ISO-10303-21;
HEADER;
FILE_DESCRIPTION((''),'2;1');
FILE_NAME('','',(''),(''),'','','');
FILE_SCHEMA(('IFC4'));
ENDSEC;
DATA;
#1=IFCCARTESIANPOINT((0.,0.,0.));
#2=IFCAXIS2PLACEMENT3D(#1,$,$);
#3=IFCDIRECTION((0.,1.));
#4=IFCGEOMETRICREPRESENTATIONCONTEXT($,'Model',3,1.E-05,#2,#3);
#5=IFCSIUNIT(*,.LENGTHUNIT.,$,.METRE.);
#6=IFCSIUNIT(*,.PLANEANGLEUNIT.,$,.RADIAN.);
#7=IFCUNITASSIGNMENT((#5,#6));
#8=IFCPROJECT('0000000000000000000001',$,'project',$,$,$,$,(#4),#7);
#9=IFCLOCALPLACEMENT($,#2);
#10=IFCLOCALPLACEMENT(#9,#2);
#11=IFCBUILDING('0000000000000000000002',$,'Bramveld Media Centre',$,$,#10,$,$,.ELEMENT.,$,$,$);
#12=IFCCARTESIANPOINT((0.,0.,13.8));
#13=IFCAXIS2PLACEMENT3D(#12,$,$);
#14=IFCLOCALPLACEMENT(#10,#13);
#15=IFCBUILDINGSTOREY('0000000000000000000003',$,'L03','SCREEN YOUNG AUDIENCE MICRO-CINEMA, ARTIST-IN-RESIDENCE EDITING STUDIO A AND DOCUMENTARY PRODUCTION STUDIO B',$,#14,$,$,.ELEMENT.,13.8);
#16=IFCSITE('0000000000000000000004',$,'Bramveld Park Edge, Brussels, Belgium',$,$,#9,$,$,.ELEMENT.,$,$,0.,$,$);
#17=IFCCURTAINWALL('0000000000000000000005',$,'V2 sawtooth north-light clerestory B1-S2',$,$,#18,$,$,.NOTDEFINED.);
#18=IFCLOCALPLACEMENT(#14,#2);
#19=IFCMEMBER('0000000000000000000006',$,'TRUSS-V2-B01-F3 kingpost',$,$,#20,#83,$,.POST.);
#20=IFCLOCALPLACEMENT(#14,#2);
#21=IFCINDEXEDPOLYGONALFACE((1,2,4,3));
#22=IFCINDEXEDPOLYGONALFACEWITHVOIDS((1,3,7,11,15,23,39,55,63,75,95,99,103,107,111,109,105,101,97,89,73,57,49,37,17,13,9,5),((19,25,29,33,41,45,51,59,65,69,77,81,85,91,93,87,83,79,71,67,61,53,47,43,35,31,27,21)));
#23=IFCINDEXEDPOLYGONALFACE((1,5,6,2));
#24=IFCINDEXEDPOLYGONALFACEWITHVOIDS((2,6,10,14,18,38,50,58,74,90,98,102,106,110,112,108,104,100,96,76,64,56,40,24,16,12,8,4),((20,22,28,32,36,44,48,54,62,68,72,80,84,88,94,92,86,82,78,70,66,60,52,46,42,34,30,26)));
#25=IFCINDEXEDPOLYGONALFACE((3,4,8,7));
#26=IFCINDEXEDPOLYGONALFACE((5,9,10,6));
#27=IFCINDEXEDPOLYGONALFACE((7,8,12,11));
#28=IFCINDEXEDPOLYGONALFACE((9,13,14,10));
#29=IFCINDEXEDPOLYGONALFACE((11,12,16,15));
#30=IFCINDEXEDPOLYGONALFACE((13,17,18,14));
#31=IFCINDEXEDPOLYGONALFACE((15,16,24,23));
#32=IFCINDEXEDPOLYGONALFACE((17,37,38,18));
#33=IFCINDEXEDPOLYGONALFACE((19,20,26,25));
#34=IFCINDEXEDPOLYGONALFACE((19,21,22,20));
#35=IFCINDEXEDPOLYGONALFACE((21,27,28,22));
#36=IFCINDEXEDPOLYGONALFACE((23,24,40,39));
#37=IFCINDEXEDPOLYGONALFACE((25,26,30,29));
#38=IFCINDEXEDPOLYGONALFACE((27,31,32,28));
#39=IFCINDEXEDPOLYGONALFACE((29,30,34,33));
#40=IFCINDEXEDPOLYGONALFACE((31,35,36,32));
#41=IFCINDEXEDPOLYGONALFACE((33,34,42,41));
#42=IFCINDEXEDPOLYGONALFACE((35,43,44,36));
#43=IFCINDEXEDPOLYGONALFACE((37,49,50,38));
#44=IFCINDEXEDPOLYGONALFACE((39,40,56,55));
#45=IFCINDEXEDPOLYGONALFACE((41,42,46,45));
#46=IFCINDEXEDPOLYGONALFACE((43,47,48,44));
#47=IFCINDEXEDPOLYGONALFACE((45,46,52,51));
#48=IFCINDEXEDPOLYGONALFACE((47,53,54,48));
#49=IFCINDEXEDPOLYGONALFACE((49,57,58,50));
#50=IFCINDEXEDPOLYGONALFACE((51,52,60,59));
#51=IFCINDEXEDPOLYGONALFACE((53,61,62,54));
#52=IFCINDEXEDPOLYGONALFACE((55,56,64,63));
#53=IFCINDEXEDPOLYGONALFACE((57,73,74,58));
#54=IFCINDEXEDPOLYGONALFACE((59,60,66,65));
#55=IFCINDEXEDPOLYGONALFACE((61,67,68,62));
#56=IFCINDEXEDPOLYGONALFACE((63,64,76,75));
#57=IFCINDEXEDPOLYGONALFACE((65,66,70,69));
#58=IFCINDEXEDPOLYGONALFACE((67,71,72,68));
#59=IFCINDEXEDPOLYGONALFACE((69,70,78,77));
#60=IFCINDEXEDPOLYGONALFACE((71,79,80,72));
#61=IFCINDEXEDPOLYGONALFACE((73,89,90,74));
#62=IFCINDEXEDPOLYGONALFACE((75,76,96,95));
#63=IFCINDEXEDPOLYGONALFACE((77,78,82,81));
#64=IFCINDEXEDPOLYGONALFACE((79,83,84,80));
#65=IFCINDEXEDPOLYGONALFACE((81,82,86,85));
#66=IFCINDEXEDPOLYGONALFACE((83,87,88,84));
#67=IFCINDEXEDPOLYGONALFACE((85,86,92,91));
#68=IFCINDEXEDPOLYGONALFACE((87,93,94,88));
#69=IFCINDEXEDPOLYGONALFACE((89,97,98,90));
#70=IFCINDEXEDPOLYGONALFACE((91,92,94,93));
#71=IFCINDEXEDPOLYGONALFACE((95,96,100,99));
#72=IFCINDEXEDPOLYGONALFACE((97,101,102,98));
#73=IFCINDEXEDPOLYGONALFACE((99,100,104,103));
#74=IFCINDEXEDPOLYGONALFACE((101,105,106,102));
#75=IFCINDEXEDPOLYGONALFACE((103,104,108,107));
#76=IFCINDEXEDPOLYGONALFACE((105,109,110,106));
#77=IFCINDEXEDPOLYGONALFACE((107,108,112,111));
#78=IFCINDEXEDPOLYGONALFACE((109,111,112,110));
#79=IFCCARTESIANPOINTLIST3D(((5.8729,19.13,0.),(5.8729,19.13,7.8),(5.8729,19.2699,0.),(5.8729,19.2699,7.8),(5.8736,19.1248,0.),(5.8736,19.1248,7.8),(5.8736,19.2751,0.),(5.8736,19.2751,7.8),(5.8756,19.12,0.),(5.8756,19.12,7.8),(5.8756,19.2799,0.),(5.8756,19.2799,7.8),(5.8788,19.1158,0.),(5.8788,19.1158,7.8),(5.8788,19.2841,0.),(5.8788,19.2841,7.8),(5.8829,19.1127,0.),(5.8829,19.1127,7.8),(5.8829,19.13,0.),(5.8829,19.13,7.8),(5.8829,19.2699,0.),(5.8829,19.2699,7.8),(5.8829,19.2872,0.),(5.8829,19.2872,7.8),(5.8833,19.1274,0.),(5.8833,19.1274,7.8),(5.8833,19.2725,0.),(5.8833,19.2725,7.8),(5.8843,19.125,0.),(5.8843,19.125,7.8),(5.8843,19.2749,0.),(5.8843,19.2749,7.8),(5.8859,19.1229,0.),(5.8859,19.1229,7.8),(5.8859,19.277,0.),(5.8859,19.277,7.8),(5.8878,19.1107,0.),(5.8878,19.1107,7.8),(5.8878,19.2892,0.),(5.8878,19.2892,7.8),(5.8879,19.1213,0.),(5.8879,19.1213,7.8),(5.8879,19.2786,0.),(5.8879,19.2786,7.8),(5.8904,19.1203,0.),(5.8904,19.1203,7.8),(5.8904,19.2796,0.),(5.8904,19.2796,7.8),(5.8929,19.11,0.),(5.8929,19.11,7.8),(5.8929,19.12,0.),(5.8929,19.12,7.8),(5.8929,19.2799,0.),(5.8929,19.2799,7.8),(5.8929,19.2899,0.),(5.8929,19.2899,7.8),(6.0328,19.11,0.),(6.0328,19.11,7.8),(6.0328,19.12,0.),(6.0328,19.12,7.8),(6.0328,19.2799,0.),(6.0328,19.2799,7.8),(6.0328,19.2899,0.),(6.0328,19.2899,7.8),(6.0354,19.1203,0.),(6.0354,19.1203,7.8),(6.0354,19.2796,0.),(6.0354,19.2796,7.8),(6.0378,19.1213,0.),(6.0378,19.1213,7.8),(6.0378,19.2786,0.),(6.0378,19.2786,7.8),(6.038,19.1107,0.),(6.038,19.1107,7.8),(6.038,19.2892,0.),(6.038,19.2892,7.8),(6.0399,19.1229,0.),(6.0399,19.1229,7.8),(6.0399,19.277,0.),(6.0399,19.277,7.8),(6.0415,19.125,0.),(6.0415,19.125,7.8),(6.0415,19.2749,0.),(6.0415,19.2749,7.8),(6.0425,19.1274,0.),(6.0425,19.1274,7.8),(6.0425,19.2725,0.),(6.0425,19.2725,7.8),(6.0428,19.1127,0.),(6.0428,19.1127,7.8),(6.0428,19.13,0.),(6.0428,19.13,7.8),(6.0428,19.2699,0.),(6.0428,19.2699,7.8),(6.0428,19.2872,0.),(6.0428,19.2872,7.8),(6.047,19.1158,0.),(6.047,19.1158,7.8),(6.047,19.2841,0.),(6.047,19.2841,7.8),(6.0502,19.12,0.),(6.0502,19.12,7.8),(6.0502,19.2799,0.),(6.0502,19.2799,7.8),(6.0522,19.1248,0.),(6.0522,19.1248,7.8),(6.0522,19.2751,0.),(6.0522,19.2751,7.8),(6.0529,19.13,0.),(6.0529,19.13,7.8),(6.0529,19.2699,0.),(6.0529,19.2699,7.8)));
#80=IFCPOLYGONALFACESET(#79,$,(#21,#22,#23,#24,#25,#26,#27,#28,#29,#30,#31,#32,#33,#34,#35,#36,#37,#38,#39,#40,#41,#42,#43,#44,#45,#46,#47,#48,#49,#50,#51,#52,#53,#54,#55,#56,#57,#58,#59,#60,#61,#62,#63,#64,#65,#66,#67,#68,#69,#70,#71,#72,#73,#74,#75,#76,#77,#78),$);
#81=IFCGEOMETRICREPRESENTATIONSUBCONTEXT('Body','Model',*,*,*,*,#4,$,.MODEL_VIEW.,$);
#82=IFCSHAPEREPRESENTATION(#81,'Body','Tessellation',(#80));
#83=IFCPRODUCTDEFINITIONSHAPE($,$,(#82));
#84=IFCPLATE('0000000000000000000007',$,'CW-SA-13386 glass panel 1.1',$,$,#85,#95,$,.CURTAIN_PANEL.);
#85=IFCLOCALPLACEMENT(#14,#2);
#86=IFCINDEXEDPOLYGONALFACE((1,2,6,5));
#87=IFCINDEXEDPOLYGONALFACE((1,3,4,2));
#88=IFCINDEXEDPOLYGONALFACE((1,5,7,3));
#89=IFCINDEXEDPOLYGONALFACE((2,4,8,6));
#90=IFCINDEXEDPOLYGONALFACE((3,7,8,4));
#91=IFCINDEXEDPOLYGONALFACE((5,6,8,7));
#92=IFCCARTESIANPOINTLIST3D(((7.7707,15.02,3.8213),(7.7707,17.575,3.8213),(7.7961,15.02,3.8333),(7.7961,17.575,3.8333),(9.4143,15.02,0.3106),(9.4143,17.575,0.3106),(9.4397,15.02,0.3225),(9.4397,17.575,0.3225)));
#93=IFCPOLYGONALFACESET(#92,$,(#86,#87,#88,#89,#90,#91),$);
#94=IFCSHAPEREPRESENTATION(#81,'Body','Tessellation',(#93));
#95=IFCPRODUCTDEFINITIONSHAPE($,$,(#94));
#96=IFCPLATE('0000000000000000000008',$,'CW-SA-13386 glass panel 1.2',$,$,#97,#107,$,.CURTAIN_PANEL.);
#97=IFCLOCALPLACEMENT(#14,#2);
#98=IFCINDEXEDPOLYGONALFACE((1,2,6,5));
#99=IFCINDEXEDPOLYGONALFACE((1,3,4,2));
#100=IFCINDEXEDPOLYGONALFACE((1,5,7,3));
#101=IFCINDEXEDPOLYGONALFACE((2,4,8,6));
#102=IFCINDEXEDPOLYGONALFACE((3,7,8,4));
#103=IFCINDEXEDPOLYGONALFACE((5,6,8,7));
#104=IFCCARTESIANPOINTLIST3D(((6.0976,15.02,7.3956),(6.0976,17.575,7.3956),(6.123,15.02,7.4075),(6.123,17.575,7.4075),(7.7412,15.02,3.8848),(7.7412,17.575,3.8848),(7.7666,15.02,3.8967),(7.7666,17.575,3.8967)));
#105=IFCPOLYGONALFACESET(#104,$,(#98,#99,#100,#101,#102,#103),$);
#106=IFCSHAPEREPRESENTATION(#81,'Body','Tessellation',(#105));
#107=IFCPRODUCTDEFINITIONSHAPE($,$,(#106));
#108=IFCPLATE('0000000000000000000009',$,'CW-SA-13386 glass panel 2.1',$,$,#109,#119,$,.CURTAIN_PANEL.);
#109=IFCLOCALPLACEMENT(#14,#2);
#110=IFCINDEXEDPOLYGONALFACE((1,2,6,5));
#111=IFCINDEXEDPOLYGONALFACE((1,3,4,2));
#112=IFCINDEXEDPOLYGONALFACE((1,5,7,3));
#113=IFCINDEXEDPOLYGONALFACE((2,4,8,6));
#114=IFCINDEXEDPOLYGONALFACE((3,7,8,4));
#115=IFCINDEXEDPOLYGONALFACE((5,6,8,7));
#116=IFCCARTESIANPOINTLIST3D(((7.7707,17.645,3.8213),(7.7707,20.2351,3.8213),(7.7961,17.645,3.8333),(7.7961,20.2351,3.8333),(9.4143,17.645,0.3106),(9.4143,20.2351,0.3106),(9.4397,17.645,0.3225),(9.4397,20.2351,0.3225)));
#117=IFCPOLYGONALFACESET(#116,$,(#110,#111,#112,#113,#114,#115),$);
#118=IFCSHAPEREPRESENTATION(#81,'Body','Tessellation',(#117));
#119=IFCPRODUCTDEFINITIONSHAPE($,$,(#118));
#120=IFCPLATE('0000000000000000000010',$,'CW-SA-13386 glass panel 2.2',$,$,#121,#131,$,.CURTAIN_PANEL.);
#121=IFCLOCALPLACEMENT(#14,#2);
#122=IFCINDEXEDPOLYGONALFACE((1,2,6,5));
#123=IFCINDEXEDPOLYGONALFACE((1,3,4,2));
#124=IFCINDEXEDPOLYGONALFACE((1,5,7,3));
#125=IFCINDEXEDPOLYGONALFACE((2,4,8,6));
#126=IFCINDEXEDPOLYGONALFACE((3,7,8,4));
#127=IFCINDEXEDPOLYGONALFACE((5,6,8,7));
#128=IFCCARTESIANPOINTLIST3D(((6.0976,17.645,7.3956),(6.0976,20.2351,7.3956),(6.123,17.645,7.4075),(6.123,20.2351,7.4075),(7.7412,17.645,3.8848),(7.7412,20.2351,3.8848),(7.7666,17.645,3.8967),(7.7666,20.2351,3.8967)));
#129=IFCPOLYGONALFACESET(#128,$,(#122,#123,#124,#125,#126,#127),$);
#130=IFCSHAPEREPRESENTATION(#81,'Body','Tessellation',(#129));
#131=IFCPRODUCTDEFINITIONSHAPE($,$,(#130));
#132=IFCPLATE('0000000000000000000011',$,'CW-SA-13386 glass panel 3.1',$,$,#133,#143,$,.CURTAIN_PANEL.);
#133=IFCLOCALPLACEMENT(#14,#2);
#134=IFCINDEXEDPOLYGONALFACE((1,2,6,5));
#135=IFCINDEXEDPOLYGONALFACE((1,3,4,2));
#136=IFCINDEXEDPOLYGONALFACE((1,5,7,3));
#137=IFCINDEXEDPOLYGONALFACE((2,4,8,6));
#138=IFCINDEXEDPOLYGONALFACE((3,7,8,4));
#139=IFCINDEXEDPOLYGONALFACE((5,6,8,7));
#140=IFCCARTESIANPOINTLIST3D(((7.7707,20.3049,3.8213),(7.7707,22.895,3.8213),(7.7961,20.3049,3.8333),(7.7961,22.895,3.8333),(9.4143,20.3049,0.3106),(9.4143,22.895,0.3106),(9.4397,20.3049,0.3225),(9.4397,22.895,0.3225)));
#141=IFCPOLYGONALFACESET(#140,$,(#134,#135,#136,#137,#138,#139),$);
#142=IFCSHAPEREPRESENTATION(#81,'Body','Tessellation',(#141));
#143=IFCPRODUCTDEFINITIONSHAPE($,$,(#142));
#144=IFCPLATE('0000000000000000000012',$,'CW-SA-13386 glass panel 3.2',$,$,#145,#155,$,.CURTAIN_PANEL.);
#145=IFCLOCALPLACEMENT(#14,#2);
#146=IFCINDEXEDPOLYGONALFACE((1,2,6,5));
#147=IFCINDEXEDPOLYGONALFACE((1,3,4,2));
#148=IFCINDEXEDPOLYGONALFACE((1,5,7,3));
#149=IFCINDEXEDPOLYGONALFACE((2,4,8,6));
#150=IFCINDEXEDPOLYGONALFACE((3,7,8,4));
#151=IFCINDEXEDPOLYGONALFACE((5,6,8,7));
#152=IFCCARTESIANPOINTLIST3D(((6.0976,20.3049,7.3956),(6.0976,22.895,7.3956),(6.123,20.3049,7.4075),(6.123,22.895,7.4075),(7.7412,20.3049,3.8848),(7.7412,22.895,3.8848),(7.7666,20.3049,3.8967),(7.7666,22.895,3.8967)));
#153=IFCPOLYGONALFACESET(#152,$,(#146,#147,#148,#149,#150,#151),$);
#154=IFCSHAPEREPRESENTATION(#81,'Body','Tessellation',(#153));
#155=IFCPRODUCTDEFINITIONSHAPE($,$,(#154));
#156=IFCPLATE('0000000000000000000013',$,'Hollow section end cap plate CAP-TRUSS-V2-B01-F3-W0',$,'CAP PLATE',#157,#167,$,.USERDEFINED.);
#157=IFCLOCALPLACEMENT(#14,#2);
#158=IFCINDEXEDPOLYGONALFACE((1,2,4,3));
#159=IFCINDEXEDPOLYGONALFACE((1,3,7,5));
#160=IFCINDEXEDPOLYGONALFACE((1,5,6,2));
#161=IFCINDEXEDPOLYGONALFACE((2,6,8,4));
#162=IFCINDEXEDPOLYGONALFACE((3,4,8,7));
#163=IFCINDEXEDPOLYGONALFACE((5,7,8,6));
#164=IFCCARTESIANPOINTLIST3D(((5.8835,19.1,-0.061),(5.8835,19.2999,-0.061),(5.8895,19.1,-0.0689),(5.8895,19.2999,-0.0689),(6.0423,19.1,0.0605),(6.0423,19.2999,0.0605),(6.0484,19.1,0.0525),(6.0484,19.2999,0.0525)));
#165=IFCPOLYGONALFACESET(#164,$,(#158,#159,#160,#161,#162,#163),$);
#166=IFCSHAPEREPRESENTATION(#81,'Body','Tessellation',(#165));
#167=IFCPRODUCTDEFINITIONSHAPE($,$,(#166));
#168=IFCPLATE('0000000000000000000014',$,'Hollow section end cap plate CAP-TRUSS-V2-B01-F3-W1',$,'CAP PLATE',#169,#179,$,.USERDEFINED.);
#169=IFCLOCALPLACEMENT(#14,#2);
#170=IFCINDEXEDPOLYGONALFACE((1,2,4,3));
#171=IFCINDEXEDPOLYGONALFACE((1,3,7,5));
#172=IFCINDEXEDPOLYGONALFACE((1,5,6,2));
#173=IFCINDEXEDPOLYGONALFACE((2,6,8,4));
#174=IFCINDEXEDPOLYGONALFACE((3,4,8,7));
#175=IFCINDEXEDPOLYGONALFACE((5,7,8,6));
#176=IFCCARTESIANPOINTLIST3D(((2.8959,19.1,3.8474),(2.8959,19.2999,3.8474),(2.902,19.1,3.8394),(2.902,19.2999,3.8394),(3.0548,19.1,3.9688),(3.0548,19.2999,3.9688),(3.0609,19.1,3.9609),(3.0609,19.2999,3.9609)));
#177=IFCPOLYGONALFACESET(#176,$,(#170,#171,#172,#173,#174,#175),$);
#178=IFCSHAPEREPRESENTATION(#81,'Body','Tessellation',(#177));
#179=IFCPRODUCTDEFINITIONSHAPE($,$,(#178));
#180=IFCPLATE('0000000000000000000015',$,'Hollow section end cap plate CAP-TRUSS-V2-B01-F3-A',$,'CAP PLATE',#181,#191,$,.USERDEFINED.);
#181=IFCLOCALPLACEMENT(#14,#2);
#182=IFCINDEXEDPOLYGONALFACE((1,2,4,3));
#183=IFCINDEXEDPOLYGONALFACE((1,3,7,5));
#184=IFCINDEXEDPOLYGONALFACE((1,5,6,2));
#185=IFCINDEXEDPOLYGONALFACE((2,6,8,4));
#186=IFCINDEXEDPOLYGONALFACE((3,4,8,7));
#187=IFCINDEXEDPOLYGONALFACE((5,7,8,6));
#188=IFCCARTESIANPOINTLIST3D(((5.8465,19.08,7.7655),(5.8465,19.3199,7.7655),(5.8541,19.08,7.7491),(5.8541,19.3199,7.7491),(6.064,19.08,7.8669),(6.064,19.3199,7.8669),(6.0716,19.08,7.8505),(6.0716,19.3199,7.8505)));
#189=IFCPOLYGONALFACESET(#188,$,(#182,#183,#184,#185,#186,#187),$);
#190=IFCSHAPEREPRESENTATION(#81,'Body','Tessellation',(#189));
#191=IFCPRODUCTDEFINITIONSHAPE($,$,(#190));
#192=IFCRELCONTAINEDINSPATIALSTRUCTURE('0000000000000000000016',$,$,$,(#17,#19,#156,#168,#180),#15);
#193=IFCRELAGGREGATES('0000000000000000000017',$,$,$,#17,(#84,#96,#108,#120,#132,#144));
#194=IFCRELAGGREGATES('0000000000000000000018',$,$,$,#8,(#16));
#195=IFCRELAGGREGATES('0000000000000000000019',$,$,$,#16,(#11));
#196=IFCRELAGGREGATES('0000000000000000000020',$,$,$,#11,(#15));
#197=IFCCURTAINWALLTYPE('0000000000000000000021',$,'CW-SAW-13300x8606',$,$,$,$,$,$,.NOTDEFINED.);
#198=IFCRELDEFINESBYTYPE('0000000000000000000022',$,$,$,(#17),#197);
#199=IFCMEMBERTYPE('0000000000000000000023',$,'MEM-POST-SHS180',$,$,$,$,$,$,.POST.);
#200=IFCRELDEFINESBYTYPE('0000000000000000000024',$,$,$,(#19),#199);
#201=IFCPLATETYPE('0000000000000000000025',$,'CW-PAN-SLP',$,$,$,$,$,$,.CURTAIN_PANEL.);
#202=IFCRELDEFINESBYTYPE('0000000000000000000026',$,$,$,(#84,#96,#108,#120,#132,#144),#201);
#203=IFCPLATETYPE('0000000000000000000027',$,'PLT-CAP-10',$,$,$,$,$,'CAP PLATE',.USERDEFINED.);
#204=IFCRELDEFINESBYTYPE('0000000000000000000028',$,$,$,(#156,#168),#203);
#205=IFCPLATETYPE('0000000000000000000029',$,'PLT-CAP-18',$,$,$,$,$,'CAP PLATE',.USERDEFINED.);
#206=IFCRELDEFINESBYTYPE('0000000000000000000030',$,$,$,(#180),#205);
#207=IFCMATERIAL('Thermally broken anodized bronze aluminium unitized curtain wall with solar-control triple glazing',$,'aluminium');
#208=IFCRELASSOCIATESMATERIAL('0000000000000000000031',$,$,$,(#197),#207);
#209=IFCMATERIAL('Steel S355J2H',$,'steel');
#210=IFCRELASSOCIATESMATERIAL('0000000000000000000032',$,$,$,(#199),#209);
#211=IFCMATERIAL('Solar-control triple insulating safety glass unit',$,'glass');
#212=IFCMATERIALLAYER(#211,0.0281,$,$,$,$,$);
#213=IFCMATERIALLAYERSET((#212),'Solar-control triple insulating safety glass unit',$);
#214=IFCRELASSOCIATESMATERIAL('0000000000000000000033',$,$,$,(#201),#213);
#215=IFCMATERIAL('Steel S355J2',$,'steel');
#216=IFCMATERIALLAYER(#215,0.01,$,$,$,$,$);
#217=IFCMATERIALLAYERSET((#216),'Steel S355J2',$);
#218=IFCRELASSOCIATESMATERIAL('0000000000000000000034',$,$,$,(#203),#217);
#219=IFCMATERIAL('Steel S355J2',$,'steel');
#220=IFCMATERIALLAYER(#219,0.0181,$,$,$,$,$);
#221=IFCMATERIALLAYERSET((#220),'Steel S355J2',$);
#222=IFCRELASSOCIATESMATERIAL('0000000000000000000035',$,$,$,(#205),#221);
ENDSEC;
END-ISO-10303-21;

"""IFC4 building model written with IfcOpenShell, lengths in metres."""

from ifc_helpers import new_model, si_unit, direction, frame, origin, origin_2d, place, context, subcontext, project, spatial, polyline, rectangle, hollow_rectangle, outline, extrude, material, layer, layer_set, material_profile, profile_set, type_object, element, aggregate, save


model = new_model("IFC4")

# Units and contexts
model_context = context("Model", 3, precision=1e-05, world=origin(), true_north=direction((0.0, 1.0)))
body_context = subcontext(model_context, "Body", "Model", "MODEL_VIEW")
ifc_project = project(units=[si_unit("LENGTHUNIT", "METRE"), si_unit("PLANEANGLEUNIT", "RADIAN")], contexts=[model_context])

# Site, building, storey
site_placement = place(None, origin())
site = spatial("IfcSite", under=ifc_project, at=site_placement, Name="Bramveld Park Edge, Brussels, Belgium", CompositionType="ELEMENT", RefElevation=0.0)
building_placement = place(site_placement, origin())
building = spatial("IfcBuilding", under=site, at=building_placement, Name="Bramveld Media Centre", CompositionType="ELEMENT")
storey_placement = place(building_placement, frame((0.0, 0.0, 13.8)))
storey = spatial("IfcBuildingStorey", under=building, at=storey_placement, Name="L03", Description="SCREEN YOUNG AUDIENCE MICRO-CINEMA, ARTIST-IN-RESIDENCE EDITING STUDIO A AND DOCUMENTARY PRODUCTION STUDIO B", CompositionType="ELEMENT", Elevation=13.8)

# Curtain wall
ifc_material_1 = material(Name="Thermally broken anodized bronze aluminium unitized curtain wall with solar-control triple glazing", Category="aluminium")
curtain_wall_type = type_object("IfcCurtainWallType", Name="CW-SAW-13300x8606", PredefinedType="NOTDEFINED", material=ifc_material_1)
curtain_wall_placement = place(storey_placement, origin())
curtain_wall = element("IfcCurtainWall", 1, at=curtain_wall_placement, inside=storey, type_object=curtain_wall_type, Name="V2 sawtooth north-light clerestory B1-S2", PredefinedType="NOTDEFINED")

# Member
ifc_material_2 = material(Name="Steel S355J2H", Category="steel")
ifc_material_profile_1 = material_profile(ifc_material_2, hollow_rectangle(XDim=0.1799, YDim=0.1799, WallThickness=0.01, InnerFilletRadius=0.01, OuterFilletRadius=0.02, at=origin_2d()), Name="SHS 180x180x10")
ifc_profile_set_1 = profile_set([ifc_material_profile_1], Name="Steel S355J2H")
member_type_1 = type_object("IfcMemberType", Name="MEM-POST-SHS180", PredefinedType="POST", material=ifc_profile_set_1)
member_1_placement = place(storey_placement, frame((5.9629, 19.2, 0.0), z_axis=(0.0, 0.0, 1.0), x_axis=(1.0, 0.0, 0.0)))
element("IfcMember", 2, at=member_1_placement, inside=storey, type_object=member_type_1, Name="TRUSS-V2-B01-F3 kingpost", PredefinedType="POST", context=body_context, shape_type="SweptSolid", body=[
    extrude(hollow_rectangle(XDim=0.1799, YDim=0.1799, WallThickness=0.01, InnerFilletRadius=0.01, OuterFilletRadius=0.02, at=origin_2d()), origin(), (0.0, 0.0, 1.0), 7.8),
])

# Plates
ifc_material_3 = material(Name="Solar-control triple insulating safety glass unit", Category="glass")
ifc_layer_1 = layer(ifc_material_3, 0.0281)
ifc_layer_set_1 = layer_set([ifc_layer_1], Name="Solar-control triple insulating safety glass unit")
plate_type_1 = type_object("IfcPlateType", Name="CW-PAN-SLP", PredefinedType="CURTAIN_PANEL", material=ifc_layer_set_1)
plate_1_placement = place(storey_placement, frame((9.4397, 15.02, 0.3225), z_axis=(0.905668, 0.0, 0.423988), x_axis=(0.0, 1.0, 0.0)))
plate_1 = element("IfcPlate", 3, at=plate_1_placement, type_object=plate_type_1, Name="CW-SA-13386 glass panel 1.1", PredefinedType="CURTAIN_PANEL", context=body_context, shape_type="SweptSolid", body=[
    extrude(outline(polyline([(0.0, 0.0), (2.5549, 0.0), (2.5549, 3.8764), (0.0, 3.8764), (0.0, 0.0)])), origin(), (0.0, 0.0, -1.0), 0.0281),
])
plate_2_placement = place(storey_placement, frame((7.7666, 15.02, 3.8967), z_axis=(0.905668, 0.0, 0.423988), x_axis=(0.0, 1.0, 0.0)))
plate_2 = element("IfcPlate", 4, at=plate_2_placement, type_object=plate_type_1, Name="CW-SA-13386 glass panel 1.2", PredefinedType="CURTAIN_PANEL", context=body_context, shape_type="SweptSolid", body=[
    extrude(outline(polyline([(0.0, 0.0), (2.5549, 0.0), (2.5549, 3.8764), (0.0, 3.8764), (0.0, 0.0)])), origin(), (0.0, 0.0, -1.0), 0.0281),
])
plate_3_placement = place(storey_placement, frame((9.4397, 17.645, 0.3225), z_axis=(0.905668, 0.0, 0.423988), x_axis=(0.0, 1.0, 0.0)))
plate_3 = element("IfcPlate", 5, at=plate_3_placement, type_object=plate_type_1, Name="CW-SA-13386 glass panel 2.1", PredefinedType="CURTAIN_PANEL", context=body_context, shape_type="SweptSolid", body=[
    extrude(outline(polyline([(0.0, 0.0), (2.5901, 0.0), (2.5901, 3.8764), (0.0, 3.8764), (0.0, 0.0)])), origin(), (0.0, 0.0, -1.0), 0.0281),
])
plate_4_placement = place(storey_placement, frame((7.7666, 17.645, 3.8967), z_axis=(0.905668, 0.0, 0.423988), x_axis=(0.0, 1.0, 0.0)))
plate_4 = element("IfcPlate", 6, at=plate_4_placement, type_object=plate_type_1, Name="CW-SA-13386 glass panel 2.2", PredefinedType="CURTAIN_PANEL", context=body_context, shape_type="SweptSolid", body=[
    extrude(outline(polyline([(0.0, 0.0), (2.5901, 0.0), (2.5901, 3.8764), (0.0, 3.8764), (0.0, 0.0)])), origin(), (0.0, 0.0, -1.0), 0.0281),
])
plate_5_placement = place(storey_placement, frame((9.4397, 20.3049, 0.3225), z_axis=(0.905668, 0.0, 0.423988), x_axis=(0.0, 1.0, 0.0)))
plate_5 = element("IfcPlate", 7, at=plate_5_placement, type_object=plate_type_1, Name="CW-SA-13386 glass panel 3.1", PredefinedType="CURTAIN_PANEL", context=body_context, shape_type="SweptSolid", body=[
    extrude(outline(polyline([(0.0, 0.0), (2.5901, 0.0), (2.5901, 3.8764), (0.0, 3.8764), (0.0, 0.0)])), origin(), (0.0, 0.0, -1.0), 0.0281),
])
plate_6_placement = place(storey_placement, frame((7.7666, 20.3049, 3.8967), z_axis=(0.905668, 0.0, 0.423988), x_axis=(0.0, 1.0, 0.0)))
plate_6 = element("IfcPlate", 8, at=plate_6_placement, type_object=plate_type_1, Name="CW-SA-13386 glass panel 3.2", PredefinedType="CURTAIN_PANEL", context=body_context, shape_type="SweptSolid", body=[
    extrude(outline(polyline([(0.0, 0.0), (2.5901, 0.0), (2.5901, 3.8764), (0.0, 3.8764), (0.0, 0.0)])), origin(), (0.0, 0.0, -1.0), 0.0281),
])
aggregate(curtain_wall, [plate_1, plate_2, plate_3, plate_4, plate_5, plate_6])

# Plates
ifc_material_4 = material(Name="Steel S355J2", Category="steel")
ifc_layer_2 = layer(ifc_material_4, 0.01)
ifc_layer_set_2 = layer_set([ifc_layer_2], Name="Steel S355J2")
plate_type_2 = type_object("IfcPlateType", Name="PLT-CAP-10", ElementType="CAP PLATE", PredefinedType="USERDEFINED", material=ifc_layer_set_2)
for number, where, z_axis, x_axis, name in (
    (9, (5.9629, 19.2, -0.0002), (0.607328, 0.0, -0.794451), (0.0, 1.0, 0.0), "Hollow section end cap plate CAP-TRUSS-V2-B01-F3-W0"),
    (10, (2.9814, 19.2, 3.9001), (-0.607328, 0.0, 0.794451), (0.0, -1.0, 0.0), "Hollow section end cap plate CAP-TRUSS-V2-B01-F3-W1"),
):
    element("IfcPlate", number, at=place(storey_placement, frame(where, z_axis=z_axis, x_axis=x_axis)), inside=storey, type_object=plate_type_2, Name=name, ObjectType="CAP PLATE", PredefinedType="USERDEFINED", context=body_context, shape_type="SweptSolid", body=[
        extrude(rectangle(XDim=0.2, YDim=0.2, at=origin_2d()), origin(), (0.0, 0.0, 1.0), 0.01),
    ])
ifc_material_5 = material(Name="Steel S355J2", Category="steel")
ifc_layer_3 = layer(ifc_material_5, 0.0181)
ifc_layer_set_3 = layer_set([ifc_layer_3], Name="Steel S355J2")
plate_type_3 = type_object("IfcPlateType", Name="PLT-CAP-18", ElementType="CAP PLATE", PredefinedType="USERDEFINED", material=ifc_layer_set_3)
plate_7_placement = place(storey_placement, frame((5.9629, 19.2, 7.7998), z_axis=(-0.422618, 0.0, 0.906308), x_axis=(0.0, -1.0, 0.0)))
element("IfcPlate", 11, at=plate_7_placement, inside=storey, type_object=plate_type_3, Name="Hollow section end cap plate CAP-TRUSS-V2-B01-F3-A", ObjectType="CAP PLATE", PredefinedType="USERDEFINED", context=body_context, shape_type="SweptSolid", body=[
    extrude(rectangle(XDim=0.24, YDim=0.24, at=origin_2d()), origin(), (0.0, 0.0, 1.0), 0.0181),
])

save(model, "model.ifc")
